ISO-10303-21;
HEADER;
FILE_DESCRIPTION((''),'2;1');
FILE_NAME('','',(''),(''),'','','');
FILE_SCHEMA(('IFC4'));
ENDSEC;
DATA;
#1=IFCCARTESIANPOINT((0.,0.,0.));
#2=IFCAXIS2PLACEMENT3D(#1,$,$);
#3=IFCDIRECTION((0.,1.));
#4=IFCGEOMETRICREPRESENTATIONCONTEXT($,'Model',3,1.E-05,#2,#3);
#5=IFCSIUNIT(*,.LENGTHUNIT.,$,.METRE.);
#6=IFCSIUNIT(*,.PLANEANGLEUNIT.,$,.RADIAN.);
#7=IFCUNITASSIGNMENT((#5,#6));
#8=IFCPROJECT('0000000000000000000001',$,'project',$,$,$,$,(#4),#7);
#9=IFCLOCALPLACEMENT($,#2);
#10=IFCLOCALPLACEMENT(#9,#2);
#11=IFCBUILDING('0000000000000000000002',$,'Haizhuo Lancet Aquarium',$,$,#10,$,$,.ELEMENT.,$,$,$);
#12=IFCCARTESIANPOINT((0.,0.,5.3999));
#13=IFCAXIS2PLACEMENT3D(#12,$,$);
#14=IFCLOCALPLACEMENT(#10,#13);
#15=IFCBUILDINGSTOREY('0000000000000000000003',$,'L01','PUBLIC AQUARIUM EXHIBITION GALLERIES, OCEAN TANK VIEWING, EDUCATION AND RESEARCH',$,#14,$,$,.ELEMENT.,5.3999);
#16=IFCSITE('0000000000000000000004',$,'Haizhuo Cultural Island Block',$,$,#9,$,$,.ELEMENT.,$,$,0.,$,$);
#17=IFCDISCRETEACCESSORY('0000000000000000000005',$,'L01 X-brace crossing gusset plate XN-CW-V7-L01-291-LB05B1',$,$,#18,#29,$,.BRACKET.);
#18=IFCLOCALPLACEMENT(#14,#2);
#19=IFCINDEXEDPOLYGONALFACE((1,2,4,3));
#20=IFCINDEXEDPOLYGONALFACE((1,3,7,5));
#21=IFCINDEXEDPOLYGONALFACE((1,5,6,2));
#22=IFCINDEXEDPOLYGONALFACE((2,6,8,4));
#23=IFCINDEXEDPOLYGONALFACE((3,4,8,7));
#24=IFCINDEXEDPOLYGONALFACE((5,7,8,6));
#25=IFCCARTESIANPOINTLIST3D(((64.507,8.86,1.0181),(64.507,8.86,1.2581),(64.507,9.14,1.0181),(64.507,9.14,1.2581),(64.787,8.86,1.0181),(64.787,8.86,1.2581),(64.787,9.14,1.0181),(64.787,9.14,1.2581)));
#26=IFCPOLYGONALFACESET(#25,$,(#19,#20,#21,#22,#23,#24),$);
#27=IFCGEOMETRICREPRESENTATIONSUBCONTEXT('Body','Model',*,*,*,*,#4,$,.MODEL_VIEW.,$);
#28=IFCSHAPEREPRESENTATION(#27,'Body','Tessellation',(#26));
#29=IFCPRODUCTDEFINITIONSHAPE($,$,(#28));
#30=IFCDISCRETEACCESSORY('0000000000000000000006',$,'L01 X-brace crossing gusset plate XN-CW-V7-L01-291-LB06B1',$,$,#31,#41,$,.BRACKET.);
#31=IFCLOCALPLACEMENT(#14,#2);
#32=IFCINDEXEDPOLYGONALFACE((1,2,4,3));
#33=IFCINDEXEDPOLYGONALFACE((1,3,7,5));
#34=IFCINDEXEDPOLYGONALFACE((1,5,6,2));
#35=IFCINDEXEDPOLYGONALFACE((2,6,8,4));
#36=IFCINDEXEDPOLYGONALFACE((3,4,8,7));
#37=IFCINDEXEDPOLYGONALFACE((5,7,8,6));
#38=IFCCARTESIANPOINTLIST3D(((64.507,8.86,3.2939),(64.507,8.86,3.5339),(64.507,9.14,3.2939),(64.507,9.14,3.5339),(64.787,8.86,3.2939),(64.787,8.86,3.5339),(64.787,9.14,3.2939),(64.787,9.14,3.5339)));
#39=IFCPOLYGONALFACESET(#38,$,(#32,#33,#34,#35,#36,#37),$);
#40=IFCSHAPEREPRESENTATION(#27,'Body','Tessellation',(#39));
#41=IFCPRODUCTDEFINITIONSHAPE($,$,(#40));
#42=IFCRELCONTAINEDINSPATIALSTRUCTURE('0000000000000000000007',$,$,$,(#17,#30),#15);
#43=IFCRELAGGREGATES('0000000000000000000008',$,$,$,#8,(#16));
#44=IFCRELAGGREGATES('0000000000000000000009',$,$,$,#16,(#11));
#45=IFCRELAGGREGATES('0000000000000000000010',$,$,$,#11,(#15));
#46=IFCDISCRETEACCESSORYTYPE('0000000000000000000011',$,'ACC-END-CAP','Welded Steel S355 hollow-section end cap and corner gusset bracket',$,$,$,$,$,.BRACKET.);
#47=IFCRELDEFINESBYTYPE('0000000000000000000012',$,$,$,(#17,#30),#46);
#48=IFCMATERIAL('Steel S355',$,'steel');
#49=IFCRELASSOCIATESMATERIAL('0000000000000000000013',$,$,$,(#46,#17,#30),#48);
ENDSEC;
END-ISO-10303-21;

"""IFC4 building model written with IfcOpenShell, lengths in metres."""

from ifc_helpers import new_model, si_unit, direction, frame, origin, origin_2d, place, context, subcontext, project, spatial, rectangle, extrude, material, type_object, element, save


model = new_model("IFC4")

# Units and contexts
model_context = context("Model", 3, precision=1e-05, world=origin(), true_north=direction((0.0, 1.0)))
body_context = subcontext(model_context, "Body", "Model", "MODEL_VIEW")
ifc_project = project(units=[si_unit("LENGTHUNIT", "METRE"), si_unit("PLANEANGLEUNIT", "RADIAN")], contexts=[model_context])

# Site, building, storey
site_placement = place(None, origin())
site = spatial("IfcSite", under=ifc_project, at=site_placement, Name="Haizhuo Cultural Island Block", CompositionType="ELEMENT", RefElevation=0.0)
building_placement = place(site_placement, origin())
building = spatial("IfcBuilding", under=site, at=building_placement, Name="Haizhuo Lancet Aquarium", CompositionType="ELEMENT")
storey_placement = place(building_placement, frame((0.0, 0.0, 5.3999)))
storey = spatial("IfcBuildingStorey", under=building, at=storey_placement, Name="L01", Description="PUBLIC AQUARIUM EXHIBITION GALLERIES, OCEAN TANK VIEWING, EDUCATION AND RESEARCH", CompositionType="ELEMENT", Elevation=5.3999)

# Shared definitions
ifc_material_1 = material(Name="Steel S355", Category="steel")

# Discrete accessories
discrete_accessory_type = type_object("IfcDiscreteAccessoryType", Name="ACC-END-CAP", Description="Welded Steel S355 hollow-section end cap and corner gusset bracket", PredefinedType="BRACKET", material=ifc_material_1)
for number, where, z_axis, x_axis, name in (
    (1, (64.647, 9.0, 1.0181), (0.0, 0.0, 1.0), (1.0, 0.0, 0.0), "L01 X-brace crossing gusset plate XN-CW-V7-L01-291-LB05B1"),
    (2, (64.647, 9.0, 3.2939), (0.0, 0.0, 1.0), (1.0, 0.0, 0.0), "L01 X-brace crossing gusset plate XN-CW-V7-L01-291-LB06B1"),
):
    element("IfcDiscreteAccessory", number, at=place(storey_placement, frame(where, z_axis=z_axis, x_axis=x_axis)), inside=storey, type_object=discrete_accessory_type, material=ifc_material_1, Name=name, PredefinedType="BRACKET", context=body_context, shape_type="SweptSolid", body=[
        extrude(rectangle(XDim=0.28, YDim=0.28, at=origin_2d()), origin(), (0.0, 0.0, 1.0), 0.24),
    ])

save(model, "model.ifc")
